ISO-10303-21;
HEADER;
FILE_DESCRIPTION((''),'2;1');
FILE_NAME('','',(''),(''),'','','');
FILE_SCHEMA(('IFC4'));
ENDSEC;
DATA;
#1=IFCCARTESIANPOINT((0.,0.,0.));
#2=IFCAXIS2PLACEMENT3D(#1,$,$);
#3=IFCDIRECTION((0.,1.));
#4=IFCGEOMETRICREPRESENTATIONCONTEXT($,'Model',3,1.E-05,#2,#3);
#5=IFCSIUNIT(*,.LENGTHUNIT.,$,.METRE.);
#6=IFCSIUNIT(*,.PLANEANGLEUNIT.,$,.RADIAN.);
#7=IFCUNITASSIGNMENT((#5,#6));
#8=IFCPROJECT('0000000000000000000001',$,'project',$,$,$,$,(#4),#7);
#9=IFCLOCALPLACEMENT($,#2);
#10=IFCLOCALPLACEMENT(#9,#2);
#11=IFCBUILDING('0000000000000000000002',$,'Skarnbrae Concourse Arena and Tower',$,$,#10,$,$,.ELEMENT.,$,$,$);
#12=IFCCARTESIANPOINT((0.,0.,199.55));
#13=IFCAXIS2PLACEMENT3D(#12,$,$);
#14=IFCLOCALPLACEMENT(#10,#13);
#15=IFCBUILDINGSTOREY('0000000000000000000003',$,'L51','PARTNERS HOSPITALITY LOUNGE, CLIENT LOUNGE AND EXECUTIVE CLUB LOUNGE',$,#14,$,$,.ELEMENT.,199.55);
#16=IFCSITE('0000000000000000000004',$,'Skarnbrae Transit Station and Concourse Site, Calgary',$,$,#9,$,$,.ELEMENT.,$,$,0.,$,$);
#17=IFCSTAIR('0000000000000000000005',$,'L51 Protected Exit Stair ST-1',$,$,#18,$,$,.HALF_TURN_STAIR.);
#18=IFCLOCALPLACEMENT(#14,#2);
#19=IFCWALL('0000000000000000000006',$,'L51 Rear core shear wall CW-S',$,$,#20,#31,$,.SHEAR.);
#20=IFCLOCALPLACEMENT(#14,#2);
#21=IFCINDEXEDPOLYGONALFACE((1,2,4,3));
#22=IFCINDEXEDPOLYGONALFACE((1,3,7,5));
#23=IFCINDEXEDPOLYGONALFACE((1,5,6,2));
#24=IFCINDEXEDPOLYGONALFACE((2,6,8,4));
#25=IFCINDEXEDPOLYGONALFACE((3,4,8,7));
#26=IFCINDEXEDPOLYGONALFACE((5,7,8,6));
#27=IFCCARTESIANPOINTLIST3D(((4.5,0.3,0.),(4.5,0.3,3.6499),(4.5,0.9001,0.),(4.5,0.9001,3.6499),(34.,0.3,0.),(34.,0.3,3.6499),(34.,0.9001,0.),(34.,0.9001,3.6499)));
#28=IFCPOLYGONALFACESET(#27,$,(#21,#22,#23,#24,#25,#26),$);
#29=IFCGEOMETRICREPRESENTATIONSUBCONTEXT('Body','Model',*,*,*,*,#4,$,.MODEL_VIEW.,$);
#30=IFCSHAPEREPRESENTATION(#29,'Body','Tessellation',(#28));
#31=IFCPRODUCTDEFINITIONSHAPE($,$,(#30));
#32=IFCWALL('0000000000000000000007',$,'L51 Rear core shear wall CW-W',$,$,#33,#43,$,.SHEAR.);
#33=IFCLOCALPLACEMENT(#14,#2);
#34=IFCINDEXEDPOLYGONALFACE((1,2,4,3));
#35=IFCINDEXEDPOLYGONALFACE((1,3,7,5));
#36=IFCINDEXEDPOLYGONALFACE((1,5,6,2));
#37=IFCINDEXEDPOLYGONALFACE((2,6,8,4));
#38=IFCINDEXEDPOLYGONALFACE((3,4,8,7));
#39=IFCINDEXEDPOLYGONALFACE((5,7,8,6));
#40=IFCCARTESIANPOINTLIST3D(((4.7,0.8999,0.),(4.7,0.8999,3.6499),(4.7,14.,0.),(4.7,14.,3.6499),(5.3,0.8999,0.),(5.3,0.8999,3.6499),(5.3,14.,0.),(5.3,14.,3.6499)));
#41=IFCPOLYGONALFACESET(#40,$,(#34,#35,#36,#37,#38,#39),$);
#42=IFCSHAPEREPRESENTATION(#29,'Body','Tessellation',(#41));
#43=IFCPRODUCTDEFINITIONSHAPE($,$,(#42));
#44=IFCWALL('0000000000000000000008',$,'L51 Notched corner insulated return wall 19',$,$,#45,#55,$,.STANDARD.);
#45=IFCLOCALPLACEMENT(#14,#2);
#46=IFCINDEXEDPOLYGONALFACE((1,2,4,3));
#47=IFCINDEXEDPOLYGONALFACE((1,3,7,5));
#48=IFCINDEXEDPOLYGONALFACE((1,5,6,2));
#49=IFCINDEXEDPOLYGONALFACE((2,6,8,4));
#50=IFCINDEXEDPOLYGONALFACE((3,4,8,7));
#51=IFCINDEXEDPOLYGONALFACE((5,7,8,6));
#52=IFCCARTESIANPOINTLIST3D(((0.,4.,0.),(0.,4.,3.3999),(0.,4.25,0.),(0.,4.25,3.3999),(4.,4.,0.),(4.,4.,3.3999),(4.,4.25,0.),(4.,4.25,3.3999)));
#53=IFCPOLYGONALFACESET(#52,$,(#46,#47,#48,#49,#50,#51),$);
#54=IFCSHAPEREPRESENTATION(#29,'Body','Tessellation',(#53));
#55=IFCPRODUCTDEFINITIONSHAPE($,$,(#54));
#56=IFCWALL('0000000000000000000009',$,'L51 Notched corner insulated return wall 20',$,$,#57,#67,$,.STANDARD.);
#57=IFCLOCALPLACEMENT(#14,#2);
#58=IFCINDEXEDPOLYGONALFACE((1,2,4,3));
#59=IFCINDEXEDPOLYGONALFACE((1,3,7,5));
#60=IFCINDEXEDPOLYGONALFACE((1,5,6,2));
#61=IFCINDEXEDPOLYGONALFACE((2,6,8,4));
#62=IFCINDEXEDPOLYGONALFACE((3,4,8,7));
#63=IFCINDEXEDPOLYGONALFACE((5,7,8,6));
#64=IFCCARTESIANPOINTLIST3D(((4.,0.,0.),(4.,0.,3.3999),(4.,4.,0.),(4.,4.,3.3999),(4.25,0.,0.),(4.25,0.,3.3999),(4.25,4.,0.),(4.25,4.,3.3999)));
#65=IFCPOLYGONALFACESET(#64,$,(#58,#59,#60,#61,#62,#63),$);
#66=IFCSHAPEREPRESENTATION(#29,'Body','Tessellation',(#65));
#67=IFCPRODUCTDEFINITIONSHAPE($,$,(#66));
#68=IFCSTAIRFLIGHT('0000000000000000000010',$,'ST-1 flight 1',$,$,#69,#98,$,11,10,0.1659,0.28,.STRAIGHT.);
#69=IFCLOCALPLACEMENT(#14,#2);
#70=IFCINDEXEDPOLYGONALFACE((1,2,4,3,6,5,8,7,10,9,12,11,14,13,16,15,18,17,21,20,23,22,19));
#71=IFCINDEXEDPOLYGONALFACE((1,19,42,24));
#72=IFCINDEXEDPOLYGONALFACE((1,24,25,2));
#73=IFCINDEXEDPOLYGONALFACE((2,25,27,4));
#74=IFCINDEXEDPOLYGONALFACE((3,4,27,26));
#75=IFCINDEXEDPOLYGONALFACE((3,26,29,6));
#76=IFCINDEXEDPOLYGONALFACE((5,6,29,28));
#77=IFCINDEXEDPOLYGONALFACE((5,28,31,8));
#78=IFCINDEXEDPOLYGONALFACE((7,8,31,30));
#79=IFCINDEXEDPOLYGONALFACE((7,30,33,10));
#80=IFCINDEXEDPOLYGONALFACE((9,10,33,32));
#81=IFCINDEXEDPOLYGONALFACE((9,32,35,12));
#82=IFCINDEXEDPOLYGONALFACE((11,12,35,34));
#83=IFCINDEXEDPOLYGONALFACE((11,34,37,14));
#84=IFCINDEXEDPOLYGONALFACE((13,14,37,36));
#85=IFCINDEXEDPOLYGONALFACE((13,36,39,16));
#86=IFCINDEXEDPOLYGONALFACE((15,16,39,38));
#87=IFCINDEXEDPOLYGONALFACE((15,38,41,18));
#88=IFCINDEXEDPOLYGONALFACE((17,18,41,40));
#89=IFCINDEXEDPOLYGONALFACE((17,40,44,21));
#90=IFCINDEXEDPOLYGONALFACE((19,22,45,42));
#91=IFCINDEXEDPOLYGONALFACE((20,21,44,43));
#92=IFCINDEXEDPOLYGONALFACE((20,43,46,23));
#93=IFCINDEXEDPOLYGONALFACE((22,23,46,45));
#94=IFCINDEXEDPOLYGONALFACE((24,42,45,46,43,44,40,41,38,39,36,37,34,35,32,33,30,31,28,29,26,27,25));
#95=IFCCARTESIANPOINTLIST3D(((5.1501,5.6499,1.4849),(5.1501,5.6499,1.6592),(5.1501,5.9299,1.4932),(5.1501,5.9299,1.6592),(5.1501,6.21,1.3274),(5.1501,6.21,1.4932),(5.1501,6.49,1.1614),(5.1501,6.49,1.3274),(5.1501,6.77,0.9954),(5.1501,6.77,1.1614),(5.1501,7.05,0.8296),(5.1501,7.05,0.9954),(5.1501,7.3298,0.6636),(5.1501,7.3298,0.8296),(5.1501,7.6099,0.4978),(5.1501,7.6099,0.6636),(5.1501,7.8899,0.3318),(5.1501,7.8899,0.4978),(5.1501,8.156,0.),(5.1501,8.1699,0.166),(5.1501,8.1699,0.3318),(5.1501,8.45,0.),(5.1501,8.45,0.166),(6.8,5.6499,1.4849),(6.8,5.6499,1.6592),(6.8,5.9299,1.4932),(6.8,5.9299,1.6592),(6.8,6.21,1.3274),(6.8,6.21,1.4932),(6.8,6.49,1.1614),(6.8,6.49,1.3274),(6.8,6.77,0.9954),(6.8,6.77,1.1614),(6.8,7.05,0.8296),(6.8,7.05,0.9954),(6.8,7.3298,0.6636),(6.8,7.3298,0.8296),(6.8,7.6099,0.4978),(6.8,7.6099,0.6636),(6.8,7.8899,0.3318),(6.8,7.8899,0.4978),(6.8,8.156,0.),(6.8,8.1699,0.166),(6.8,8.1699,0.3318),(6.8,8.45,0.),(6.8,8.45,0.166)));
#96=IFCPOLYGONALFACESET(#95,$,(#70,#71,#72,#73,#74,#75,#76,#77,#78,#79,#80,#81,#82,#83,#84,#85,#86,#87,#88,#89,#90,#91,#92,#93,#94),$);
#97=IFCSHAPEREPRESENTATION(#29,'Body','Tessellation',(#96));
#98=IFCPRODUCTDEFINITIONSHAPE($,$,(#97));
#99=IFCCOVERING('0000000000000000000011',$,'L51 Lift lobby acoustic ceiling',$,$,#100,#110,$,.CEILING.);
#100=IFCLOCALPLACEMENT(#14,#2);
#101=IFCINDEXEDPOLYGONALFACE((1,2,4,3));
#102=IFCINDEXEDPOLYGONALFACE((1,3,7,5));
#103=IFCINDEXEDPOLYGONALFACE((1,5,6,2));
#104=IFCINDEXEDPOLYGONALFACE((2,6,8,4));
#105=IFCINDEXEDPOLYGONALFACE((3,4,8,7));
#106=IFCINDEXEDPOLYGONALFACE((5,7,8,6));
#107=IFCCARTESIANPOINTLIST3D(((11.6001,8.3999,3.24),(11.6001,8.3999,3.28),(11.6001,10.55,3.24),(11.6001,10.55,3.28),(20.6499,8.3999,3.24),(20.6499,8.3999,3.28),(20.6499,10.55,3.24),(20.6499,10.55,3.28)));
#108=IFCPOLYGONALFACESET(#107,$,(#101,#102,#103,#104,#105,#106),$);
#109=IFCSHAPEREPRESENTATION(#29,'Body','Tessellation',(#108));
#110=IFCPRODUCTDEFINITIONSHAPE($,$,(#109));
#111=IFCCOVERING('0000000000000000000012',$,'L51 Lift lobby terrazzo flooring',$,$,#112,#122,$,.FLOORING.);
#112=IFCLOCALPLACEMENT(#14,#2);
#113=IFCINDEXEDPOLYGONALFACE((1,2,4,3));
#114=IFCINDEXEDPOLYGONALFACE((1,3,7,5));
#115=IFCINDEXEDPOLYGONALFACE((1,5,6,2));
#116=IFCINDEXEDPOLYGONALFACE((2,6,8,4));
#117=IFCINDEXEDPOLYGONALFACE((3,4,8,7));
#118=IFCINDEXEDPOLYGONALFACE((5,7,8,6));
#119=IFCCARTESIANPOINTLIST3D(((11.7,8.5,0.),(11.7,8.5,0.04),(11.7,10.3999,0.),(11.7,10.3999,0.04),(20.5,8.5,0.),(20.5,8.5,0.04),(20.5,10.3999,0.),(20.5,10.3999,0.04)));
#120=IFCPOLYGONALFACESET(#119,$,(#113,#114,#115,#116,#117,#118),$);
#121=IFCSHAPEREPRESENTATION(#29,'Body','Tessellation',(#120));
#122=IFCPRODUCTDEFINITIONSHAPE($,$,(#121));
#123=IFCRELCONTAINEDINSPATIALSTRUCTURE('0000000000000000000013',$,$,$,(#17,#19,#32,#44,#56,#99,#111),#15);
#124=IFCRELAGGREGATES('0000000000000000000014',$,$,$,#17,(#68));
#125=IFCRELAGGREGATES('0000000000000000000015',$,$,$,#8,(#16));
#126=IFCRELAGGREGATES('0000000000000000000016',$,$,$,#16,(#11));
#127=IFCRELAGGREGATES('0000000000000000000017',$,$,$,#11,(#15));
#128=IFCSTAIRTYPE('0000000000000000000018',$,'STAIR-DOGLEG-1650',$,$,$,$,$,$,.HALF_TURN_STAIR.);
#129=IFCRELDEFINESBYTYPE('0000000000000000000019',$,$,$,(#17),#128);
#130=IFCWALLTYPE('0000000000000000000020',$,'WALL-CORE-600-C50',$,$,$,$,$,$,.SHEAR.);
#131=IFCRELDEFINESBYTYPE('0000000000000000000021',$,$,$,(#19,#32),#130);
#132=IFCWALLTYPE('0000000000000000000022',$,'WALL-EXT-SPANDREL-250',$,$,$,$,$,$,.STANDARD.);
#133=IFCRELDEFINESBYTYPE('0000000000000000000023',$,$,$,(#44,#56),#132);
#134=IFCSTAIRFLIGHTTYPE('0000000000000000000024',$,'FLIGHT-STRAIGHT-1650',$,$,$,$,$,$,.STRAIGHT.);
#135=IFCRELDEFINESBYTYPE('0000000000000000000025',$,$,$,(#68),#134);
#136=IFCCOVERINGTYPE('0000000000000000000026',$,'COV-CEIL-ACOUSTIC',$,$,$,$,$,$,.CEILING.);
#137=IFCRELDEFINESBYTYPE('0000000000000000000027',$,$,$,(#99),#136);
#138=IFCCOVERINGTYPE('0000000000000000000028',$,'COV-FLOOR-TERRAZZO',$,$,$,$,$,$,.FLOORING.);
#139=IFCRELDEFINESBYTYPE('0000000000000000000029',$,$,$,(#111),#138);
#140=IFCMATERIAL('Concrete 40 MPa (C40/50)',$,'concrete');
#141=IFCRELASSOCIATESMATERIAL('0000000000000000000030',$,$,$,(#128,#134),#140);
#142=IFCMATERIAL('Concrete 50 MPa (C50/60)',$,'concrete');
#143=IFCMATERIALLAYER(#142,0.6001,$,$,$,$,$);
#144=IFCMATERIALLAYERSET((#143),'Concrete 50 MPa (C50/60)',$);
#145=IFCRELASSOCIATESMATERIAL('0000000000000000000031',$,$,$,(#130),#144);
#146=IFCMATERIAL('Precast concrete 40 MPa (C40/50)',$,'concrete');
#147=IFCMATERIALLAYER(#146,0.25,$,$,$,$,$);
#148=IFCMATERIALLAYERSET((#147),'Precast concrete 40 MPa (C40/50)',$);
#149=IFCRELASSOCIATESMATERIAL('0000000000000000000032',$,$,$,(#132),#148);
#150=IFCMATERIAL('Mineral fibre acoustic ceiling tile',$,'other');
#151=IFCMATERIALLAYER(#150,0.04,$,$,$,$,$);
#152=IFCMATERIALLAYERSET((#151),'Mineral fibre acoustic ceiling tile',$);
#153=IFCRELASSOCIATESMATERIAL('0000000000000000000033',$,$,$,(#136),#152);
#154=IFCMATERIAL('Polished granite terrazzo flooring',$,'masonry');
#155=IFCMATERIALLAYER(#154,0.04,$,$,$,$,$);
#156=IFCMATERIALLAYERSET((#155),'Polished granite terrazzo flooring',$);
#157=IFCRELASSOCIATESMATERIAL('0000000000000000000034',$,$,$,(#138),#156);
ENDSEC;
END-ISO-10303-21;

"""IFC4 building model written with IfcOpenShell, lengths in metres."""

from ifc_helpers import new_model, si_unit, direction, frame, frame_2d, origin, place, context, subcontext, project, spatial, polyline, rectangle, outline, extrude, source, transform, mapped, material, layer, layer_set, type_object, element, aggregate, save


model = new_model("IFC4")

# Units and contexts
model_context = context("Model", 3, precision=1e-05, world=origin(), true_north=direction((0.0, 1.0)))
body_context = subcontext(model_context, "Body", "Model", "MODEL_VIEW")
ifc_project = project(units=[si_unit("LENGTHUNIT", "METRE"), si_unit("PLANEANGLEUNIT", "RADIAN")], contexts=[model_context])

# Site, building, storey
site_placement = place(None, origin())
site = spatial("IfcSite", under=ifc_project, at=site_placement, Name="Skarnbrae Transit Station and Concourse Site, Calgary", CompositionType="ELEMENT", RefElevation=0.0)
building_placement = place(site_placement, origin())
building = spatial("IfcBuilding", under=site, at=building_placement, Name="Skarnbrae Concourse Arena and Tower", CompositionType="ELEMENT")
storey_placement = place(building_placement, frame((0.0, 0.0, 199.55)))
storey = spatial("IfcBuildingStorey", under=building, at=storey_placement, Name="L51", Description="PARTNERS HOSPITALITY LOUNGE, CLIENT LOUNGE AND EXECUTIVE CLUB LOUNGE", CompositionType="ELEMENT", Elevation=199.55)

# Stair
ifc_material_1 = material(Name="Concrete 40 MPa (C40/50)", Category="concrete")
stair_type = type_object("IfcStairType", Name="STAIR-DOGLEG-1650", PredefinedType="HALF_TURN_STAIR", material=ifc_material_1)
stair_1_placement = place(storey_placement, origin())
stair_1 = element("IfcStair", 1, at=stair_1_placement, inside=storey, type_object=stair_type, Name="L51 Protected Exit Stair ST-1", PredefinedType="HALF_TURN_STAIR")

# Walls
ifc_material_2 = material(Name="Concrete 50 MPa (C50/60)", Category="concrete")
ifc_layer_1 = layer(ifc_material_2, 0.6001)
ifc_layer_set_1 = layer_set([ifc_layer_1], Name="Concrete 50 MPa (C50/60)")
wall_type_1 = type_object("IfcWallType", Name="WALL-CORE-600-C50", PredefinedType="SHEAR", material=ifc_layer_set_1)
shared_shape_1 = source(origin(), body_context, "Body", "SweptSolid", [
    extrude(rectangle(XDim=29.5, YDim=0.6001, at=frame_2d((14.75, 0.0))), origin(), (0.0, 0.0, 1.0), 3.6499),
])
wall_1_placement = place(storey_placement, frame((4.5, 0.6001, 0.0), z_axis=(0.0, 0.0, 1.0), x_axis=(1.0, 0.0, 0.0)))
element("IfcWall", 2, at=wall_1_placement, inside=storey, type_object=wall_type_1, Name="L51 Rear core shear wall CW-S", PredefinedType="SHEAR", context=body_context, shape_type="MappedRepresentation", body=[
    mapped(shared_shape_1, transform((0.0, 0.0, 0.0))),
])
shared_shape_2 = source(origin(), body_context, "Body", "SweptSolid", [
    extrude(rectangle(XDim=13.1001, YDim=0.6001, at=frame_2d((6.55, 0.0))), origin(), (0.0, 0.0, 1.0), 3.6499),
])
wall_2_placement = place(storey_placement, frame((5.0, 0.8999, 0.0), z_axis=(0.0, 0.0, 1.0), x_axis=(0.0, 1.0, 0.0)))
element("IfcWall", 3, at=wall_2_placement, inside=storey, type_object=wall_type_1, Name="L51 Rear core shear wall CW-W", PredefinedType="SHEAR", context=body_context, shape_type="MappedRepresentation", body=[
    mapped(shared_shape_2, transform((0.0, 0.0, 0.0))),
])
ifc_material_3 = material(Name="Precast concrete 40 MPa (C40/50)", Category="concrete")
ifc_layer_2 = layer(ifc_material_3, 0.25)
ifc_layer_set_2 = layer_set([ifc_layer_2], Name="Precast concrete 40 MPa (C40/50)")
wall_type_2 = type_object("IfcWallType", Name="WALL-EXT-SPANDREL-250", PredefinedType="STANDARD", material=ifc_layer_set_2)
shared_shape_3 = source(origin(), body_context, "Body", "SweptSolid", [
    extrude(rectangle(XDim=4.0, YDim=0.25, at=frame_2d((2.0, 0.0))), origin(), (0.0, 0.0, 1.0), 3.3999),
])
for number, where, z_axis, x_axis, name in (
    (4, (0.0, 4.125, 0.0), (0.0, 0.0, 1.0), (1.0, 0.0, 0.0), "L51 Notched corner insulated return wall 19"),
    (5, (4.125, 4.0, 0.0), (0.0, 0.0, 1.0), (0.0, -1.0, 0.0), "L51 Notched corner insulated return wall 20"),
):
    element("IfcWall", number, at=place(storey_placement, frame(where, z_axis=z_axis, x_axis=x_axis)), inside=storey, type_object=wall_type_2, Name=name, PredefinedType="STANDARD", context=body_context, shape_type="MappedRepresentation", body=[
        mapped(shared_shape_3, transform((0.0, 0.0, 0.0))),
    ])

# Stair flight
stair_flight_type = type_object("IfcStairFlightType", Name="FLIGHT-STRAIGHT-1650", PredefinedType="STRAIGHT", material=ifc_material_1)
shared_shape_4 = source(origin(), body_context, "Body", "SweptSolid", [
    extrude(outline(polyline([(0.0, 0.0), (0.0, 0.166), (0.28, 0.166), (0.28, 0.3318), (0.5601, 0.3318), (0.5601, 0.4978), (0.8401, 0.4978), (0.8401, 0.6636), (1.1201, 0.6636), (1.1201, 0.8296), (1.3999, 0.8296), (1.3999, 0.9954), (1.6799, 0.9954), (1.6799, 1.1614), (1.96, 1.1614), (1.96, 1.3274), (2.24, 1.3274), (2.24, 1.4932), (2.52, 1.4932), (2.52, 1.6592), (2.8, 1.6592), (2.8, 1.825), (2.8, 1.4849), (0.2939, 0.0), (0.0, 0.0)])), frame((0.0, 0.825, 0.0), z_axis=(0.0, -1.0, 0.0), x_axis=(1.0, 0.0, 0.0)), (0.0, 0.0, 1.0), 1.6499),
])
stair_flight_placement = place(storey_placement, frame((5.9751, 8.45, 0.0), z_axis=(0.0, 0.0, 1.0), x_axis=(0.0, -1.0, 0.0)))
stair_flight = element("IfcStairFlight", 6, at=stair_flight_placement, type_object=stair_flight_type, Name="ST-1 flight 1", NumberOfRisers=11, NumberOfTreads=10, PredefinedType="STRAIGHT", RiserHeight=0.1659, TreadLength=0.28, context=body_context, shape_type="MappedRepresentation", body=[
    mapped(shared_shape_4, transform((0.0, 0.0, 0.0))),
])
aggregate(stair_1, [stair_flight])

# Coverings
ifc_material_4 = material(Name="Mineral fibre acoustic ceiling tile", Category="other")
ifc_layer_3 = layer(ifc_material_4, 0.04)
ifc_layer_set_3 = layer_set([ifc_layer_3], Name="Mineral fibre acoustic ceiling tile")
covering_type_1 = type_object("IfcCoveringType", Name="COV-CEIL-ACOUSTIC", PredefinedType="CEILING", material=ifc_layer_set_3)
covering_1_placement = place(storey_placement, frame((0.0, 0.0, 3.24)))
element("IfcCovering", 7, at=covering_1_placement, inside=storey, type_object=covering_type_1, Name="L51 Lift lobby acoustic ceiling", PredefinedType="CEILING", context=body_context, shape_type="SweptSolid", body=[
    extrude(outline(polyline([(11.6001, 8.3999), (20.6499, 8.3999), (20.6499, 10.55), (11.6001, 10.55), (11.6001, 8.3999)])), origin(), (0.0, 0.0, 1.0), 0.04),
])
ifc_material_5 = material(Name="Polished granite terrazzo flooring", Category="masonry")
ifc_layer_4 = layer(ifc_material_5, 0.04)
ifc_layer_set_4 = layer_set([ifc_layer_4], Name="Polished granite terrazzo flooring")
covering_type_2 = type_object("IfcCoveringType", Name="COV-FLOOR-TERRAZZO", PredefinedType="FLOORING", material=ifc_layer_set_4)
covering_2_placement = place(storey_placement, origin())
element("IfcCovering", 8, at=covering_2_placement, inside=storey, type_object=covering_type_2, Name="L51 Lift lobby terrazzo flooring", PredefinedType="FLOORING", context=body_context, shape_type="SweptSolid", body=[
    extrude(outline(polyline([(11.7, 8.5), (20.5, 8.5), (20.5, 10.3999), (11.7, 10.3999), (11.7, 8.5)])), origin(), (0.0, 0.0, 1.0), 0.04),
])

save(model, "model.ifc")
